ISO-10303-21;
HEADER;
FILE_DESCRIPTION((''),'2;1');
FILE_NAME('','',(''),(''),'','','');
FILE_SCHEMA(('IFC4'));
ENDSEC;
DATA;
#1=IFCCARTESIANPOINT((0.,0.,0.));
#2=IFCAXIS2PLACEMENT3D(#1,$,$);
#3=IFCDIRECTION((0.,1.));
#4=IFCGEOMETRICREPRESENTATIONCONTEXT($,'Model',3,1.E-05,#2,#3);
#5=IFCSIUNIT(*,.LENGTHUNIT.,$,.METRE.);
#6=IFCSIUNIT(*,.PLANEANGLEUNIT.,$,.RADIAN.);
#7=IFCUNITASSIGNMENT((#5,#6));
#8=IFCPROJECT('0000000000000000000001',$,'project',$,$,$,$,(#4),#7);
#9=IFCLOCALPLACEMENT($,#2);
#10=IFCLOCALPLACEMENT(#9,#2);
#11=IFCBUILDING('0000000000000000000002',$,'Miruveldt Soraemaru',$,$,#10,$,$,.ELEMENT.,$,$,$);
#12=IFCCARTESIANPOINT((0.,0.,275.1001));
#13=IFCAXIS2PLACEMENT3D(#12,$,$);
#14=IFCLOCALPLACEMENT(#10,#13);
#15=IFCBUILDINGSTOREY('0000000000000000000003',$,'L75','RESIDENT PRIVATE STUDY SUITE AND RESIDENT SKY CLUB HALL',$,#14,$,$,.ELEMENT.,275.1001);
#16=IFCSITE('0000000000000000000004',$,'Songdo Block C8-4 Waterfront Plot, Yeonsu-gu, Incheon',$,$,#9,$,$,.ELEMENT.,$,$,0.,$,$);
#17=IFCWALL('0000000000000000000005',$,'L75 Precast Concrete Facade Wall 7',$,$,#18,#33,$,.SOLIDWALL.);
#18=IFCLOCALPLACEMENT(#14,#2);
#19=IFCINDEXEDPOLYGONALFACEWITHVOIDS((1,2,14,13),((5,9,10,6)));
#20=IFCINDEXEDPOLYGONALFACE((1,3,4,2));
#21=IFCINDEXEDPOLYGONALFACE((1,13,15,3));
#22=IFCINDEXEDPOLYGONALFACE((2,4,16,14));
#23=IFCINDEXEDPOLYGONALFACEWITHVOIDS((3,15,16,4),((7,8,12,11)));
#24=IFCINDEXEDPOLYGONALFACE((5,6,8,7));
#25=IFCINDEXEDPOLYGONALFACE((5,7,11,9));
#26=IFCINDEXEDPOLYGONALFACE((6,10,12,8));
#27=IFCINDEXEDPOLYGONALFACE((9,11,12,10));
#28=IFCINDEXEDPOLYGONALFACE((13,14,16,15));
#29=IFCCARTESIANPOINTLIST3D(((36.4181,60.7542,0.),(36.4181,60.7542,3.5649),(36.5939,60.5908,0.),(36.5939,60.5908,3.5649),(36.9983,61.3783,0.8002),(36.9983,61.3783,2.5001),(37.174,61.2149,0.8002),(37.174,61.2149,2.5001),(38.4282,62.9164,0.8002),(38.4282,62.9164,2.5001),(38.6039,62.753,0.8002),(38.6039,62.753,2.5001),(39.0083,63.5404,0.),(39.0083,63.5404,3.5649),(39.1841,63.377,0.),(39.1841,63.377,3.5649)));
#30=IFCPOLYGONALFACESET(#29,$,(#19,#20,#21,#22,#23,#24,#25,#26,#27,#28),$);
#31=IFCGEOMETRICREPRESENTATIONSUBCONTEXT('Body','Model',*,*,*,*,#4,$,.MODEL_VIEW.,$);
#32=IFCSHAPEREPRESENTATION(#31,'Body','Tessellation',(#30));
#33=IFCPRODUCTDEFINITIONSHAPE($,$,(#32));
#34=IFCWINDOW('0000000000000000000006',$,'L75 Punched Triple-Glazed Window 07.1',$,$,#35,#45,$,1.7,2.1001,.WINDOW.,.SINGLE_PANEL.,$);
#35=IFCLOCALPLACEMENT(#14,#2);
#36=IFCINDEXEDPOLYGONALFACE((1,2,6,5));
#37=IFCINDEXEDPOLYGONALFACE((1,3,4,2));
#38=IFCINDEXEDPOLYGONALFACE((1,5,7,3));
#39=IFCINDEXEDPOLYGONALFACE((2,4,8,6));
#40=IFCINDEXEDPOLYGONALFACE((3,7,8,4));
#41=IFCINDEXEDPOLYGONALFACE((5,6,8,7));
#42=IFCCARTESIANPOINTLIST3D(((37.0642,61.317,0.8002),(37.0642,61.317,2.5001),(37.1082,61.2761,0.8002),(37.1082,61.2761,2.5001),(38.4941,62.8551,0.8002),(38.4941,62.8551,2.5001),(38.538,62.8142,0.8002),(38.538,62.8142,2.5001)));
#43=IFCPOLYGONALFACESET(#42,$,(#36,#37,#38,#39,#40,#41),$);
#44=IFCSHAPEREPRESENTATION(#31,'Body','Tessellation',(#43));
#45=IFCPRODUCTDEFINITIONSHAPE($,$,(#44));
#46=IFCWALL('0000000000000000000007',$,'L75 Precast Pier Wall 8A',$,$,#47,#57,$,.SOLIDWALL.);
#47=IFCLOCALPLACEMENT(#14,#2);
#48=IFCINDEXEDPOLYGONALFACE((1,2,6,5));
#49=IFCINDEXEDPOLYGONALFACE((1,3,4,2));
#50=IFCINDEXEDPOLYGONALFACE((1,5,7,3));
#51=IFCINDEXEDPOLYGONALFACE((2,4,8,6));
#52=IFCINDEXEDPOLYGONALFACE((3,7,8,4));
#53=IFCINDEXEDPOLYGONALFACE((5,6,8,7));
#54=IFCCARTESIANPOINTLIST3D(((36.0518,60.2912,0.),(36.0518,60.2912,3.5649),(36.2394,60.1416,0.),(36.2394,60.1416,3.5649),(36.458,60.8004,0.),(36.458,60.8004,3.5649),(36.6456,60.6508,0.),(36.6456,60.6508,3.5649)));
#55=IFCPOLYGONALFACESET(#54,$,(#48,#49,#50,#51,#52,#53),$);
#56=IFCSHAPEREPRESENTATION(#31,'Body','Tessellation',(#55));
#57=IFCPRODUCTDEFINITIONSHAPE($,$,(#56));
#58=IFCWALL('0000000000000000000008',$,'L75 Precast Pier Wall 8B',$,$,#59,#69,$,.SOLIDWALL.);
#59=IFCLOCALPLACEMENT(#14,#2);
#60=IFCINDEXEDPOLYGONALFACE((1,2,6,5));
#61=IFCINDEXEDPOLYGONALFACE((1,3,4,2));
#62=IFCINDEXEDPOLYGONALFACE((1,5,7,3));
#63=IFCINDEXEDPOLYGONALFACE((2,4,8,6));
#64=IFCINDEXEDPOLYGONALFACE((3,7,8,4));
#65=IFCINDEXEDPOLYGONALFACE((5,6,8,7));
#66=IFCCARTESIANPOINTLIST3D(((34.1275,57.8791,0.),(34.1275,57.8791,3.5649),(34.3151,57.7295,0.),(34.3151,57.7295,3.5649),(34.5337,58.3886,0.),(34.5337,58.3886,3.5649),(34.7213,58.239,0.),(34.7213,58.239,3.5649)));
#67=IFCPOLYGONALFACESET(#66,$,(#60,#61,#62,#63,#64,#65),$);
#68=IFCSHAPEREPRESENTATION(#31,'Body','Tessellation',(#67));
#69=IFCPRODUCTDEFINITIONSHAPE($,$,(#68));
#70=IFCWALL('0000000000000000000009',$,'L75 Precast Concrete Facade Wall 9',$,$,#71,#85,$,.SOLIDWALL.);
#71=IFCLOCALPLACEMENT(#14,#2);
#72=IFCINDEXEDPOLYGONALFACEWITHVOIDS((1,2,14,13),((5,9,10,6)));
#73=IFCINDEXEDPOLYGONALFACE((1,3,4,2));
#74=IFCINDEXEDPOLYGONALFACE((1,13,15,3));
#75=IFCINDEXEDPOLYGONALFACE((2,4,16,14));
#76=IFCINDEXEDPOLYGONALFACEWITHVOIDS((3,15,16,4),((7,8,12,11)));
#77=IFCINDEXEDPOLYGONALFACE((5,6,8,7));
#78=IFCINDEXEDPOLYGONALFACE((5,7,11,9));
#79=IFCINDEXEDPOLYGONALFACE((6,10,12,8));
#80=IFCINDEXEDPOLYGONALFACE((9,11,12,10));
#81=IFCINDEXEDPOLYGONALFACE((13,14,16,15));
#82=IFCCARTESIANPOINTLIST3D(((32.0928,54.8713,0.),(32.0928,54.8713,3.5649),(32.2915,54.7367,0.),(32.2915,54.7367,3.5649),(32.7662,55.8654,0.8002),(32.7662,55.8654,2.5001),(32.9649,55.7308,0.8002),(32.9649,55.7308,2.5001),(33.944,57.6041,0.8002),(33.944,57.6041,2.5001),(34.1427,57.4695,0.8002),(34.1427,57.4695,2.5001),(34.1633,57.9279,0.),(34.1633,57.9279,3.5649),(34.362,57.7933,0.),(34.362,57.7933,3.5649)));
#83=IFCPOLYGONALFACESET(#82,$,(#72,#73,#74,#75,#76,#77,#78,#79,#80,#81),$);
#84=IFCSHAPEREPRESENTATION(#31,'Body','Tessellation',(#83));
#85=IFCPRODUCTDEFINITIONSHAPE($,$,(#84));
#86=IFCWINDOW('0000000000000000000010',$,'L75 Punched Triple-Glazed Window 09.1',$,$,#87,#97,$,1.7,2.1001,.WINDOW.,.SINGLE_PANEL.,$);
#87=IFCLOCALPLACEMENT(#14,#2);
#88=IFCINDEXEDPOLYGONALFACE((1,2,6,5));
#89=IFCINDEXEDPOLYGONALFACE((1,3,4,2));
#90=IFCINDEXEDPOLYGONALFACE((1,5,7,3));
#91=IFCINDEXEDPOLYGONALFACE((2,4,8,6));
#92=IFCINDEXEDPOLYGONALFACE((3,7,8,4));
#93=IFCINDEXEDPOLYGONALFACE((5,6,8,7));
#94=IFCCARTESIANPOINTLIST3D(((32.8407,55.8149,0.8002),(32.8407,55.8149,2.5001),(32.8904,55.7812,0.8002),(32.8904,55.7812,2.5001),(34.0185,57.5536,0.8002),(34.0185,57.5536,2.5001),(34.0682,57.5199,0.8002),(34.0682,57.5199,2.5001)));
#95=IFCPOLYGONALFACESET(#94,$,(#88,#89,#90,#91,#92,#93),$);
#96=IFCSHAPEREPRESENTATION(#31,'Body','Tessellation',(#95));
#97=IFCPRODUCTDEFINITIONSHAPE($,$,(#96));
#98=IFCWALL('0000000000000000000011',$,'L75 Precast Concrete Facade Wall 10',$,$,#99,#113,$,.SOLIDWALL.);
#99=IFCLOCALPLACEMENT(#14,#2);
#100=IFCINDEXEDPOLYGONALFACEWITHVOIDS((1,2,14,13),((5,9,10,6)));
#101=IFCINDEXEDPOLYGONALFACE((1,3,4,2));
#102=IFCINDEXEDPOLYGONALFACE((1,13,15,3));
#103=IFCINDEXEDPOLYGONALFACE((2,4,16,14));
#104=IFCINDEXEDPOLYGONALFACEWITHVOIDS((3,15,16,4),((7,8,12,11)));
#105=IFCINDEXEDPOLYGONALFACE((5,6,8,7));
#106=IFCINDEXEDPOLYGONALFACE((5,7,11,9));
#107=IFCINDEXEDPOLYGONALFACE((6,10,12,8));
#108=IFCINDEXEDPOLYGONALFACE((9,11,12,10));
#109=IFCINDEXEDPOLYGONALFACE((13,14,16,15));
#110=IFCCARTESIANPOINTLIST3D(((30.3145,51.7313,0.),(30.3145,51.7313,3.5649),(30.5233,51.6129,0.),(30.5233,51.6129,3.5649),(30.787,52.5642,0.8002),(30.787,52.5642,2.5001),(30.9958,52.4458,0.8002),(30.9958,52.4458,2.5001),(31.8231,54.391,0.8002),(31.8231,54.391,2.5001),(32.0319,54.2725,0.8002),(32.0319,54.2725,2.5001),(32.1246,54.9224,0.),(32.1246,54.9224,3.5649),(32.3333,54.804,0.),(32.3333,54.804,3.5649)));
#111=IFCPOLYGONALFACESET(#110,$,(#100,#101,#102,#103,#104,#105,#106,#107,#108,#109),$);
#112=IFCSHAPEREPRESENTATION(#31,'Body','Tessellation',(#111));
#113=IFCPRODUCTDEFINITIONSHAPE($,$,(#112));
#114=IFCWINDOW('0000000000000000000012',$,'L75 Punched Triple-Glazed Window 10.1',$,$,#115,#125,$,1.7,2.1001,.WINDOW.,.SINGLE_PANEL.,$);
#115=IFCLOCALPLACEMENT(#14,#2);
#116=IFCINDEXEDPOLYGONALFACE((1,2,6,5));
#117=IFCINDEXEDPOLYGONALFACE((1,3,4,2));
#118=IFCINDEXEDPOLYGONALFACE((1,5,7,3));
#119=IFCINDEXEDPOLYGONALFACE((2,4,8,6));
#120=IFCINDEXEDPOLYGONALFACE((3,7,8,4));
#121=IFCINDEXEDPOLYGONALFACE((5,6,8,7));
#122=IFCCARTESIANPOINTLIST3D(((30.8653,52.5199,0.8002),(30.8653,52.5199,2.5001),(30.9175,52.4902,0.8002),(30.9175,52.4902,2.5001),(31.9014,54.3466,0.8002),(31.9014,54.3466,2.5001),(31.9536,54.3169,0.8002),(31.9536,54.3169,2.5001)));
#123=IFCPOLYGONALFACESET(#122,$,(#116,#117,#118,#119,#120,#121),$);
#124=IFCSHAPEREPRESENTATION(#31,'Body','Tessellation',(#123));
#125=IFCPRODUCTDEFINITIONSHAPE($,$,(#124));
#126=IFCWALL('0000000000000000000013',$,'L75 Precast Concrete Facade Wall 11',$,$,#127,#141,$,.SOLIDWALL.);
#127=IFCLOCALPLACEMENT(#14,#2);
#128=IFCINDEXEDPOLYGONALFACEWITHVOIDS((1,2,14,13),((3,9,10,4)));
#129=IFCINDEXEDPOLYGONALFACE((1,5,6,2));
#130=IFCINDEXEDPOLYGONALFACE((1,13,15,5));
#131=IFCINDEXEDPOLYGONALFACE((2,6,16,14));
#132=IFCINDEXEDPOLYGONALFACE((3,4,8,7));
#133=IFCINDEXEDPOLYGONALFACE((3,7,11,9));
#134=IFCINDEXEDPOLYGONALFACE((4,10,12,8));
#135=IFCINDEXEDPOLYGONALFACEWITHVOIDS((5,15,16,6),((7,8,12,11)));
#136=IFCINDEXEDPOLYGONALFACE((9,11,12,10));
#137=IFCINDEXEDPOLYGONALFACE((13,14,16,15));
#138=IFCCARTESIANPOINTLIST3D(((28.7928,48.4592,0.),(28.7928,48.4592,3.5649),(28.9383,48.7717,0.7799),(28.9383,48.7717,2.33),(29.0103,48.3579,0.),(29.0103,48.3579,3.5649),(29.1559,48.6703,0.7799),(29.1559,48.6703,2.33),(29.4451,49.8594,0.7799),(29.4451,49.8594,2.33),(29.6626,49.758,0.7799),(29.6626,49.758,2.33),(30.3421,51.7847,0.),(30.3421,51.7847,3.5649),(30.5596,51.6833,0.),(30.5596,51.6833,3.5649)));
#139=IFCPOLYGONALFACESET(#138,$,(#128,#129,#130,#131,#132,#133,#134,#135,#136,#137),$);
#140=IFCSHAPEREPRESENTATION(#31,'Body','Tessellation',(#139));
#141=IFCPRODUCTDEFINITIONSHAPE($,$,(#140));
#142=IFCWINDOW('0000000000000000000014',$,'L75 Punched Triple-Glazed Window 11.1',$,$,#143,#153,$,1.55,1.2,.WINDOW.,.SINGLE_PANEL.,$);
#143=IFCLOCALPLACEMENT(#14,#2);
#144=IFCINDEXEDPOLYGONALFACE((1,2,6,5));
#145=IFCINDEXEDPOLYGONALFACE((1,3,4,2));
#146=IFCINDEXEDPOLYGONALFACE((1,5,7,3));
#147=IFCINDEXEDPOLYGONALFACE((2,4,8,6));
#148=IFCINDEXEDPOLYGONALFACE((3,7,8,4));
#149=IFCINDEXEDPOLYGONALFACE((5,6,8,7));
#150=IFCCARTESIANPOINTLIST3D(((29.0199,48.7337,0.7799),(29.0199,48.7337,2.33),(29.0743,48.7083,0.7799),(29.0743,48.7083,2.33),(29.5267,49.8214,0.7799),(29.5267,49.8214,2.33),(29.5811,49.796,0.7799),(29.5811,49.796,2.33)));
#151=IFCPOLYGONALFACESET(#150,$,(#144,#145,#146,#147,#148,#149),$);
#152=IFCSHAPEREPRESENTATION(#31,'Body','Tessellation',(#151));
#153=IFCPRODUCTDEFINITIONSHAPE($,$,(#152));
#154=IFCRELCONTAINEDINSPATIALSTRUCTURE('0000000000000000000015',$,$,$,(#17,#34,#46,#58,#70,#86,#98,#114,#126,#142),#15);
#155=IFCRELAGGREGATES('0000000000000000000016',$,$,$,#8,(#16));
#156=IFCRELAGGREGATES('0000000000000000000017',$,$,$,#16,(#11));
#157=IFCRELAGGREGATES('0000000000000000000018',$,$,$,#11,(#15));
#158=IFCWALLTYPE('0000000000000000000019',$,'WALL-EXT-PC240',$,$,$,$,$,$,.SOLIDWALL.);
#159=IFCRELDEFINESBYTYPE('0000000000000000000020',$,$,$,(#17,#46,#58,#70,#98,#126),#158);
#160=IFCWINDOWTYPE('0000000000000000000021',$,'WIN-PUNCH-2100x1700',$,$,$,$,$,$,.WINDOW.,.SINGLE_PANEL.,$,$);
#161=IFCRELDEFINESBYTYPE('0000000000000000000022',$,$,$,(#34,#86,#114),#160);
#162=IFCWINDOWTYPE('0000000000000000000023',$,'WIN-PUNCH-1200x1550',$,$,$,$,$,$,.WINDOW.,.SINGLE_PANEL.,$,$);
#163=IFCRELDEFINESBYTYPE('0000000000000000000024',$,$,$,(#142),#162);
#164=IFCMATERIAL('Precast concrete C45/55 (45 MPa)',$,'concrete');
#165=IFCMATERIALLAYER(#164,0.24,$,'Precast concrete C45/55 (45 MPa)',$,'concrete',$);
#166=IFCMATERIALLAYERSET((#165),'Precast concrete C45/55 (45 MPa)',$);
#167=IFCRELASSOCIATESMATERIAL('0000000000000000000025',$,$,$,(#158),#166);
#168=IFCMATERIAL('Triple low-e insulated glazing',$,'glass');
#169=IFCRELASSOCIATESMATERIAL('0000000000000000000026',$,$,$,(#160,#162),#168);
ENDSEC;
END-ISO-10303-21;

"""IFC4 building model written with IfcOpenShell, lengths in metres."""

from ifc_helpers import new_model, si_unit, direction, frame, frame_2d, origin, place, context, subcontext, project, spatial, rectangle, extrude, material, layer, layer_set, type_object, element, fill, save


model = new_model("IFC4")

# Units and contexts
model_context = context("Model", 3, precision=1e-05, world=origin(), true_north=direction((0.0, 1.0)))
body_context = subcontext(model_context, "Body", "Model", "MODEL_VIEW")
ifc_project = project(units=[si_unit("LENGTHUNIT", "METRE"), si_unit("PLANEANGLEUNIT", "RADIAN")], contexts=[model_context])

# Site, building, storey
site_placement = place(None, origin())
site = spatial("IfcSite", under=ifc_project, at=site_placement, Name="Songdo Block C8-4 Waterfront Plot, Yeonsu-gu, Incheon", CompositionType="ELEMENT", RefElevation=0.0)
building_placement = place(site_placement, origin())
building = spatial("IfcBuilding", under=site, at=building_placement, Name="Miruveldt Soraemaru", CompositionType="ELEMENT")
storey_placement = place(building_placement, frame((0.0, 0.0, 275.1001)))
storey = spatial("IfcBuildingStorey", under=building, at=storey_placement, Name="L75", Description="RESIDENT PRIVATE STUDY SUITE AND RESIDENT SKY CLUB HALL", CompositionType="ELEMENT", Elevation=275.1001)

# Shared definitions
ifc_material_1 = material(Name="Triple low-e insulated glazing", Category="glass")

# Wall, opening, window
ifc_material_2 = material(Name="Precast concrete C45/55 (45 MPa)", Category="concrete")
ifc_layer_1 = layer(ifc_material_2, 0.24, Name="Precast concrete C45/55 (45 MPa)", Category="concrete")
ifc_layer_set_1 = layer_set([ifc_layer_1], Name="Precast concrete C45/55 (45 MPa)")
wall_type_1 = type_object("IfcWallType", Name="WALL-EXT-PC240", PredefinedType="SOLIDWALL", material=ifc_layer_set_1)
window_type_1 = type_object("IfcWindowType", Name="WIN-PUNCH-2100x1700", PartitioningType="SINGLE_PANEL", PredefinedType="WINDOW", material=ifc_material_1)
wall_1_placement = place(storey_placement, frame((39.0962, 63.4587, 0.0), z_axis=(0.0, 0.0, 1.0), x_axis=(-0.680869, -0.732405, 0.0)))
wall_1 = element("IfcWall", 1, at=wall_1_placement, inside=storey, type_object=wall_type_1, Name="L75 Precast Concrete Facade Wall 7", PredefinedType="SOLIDWALL", context=body_context, shape_type="SweptSolid", body=[
    extrude(rectangle(XDim=3.8042, YDim=0.24, at=frame_2d((1.9021, 0.0))), origin(), (0.0, 0.0, 1.0), 3.5649),
])
opening_1_placement = place(wall_1_placement, frame((0.8521, 0.0, 0.8)))
opening_1 = element("IfcOpeningElement", 2, at=opening_1_placement, cuts=wall_1, PredefinedType="OPENING", context=body_context, shape_type="SweptSolid", body=[
    extrude(rectangle(XDim=2.1001, YDim=1.7, at=frame_2d((1.05, 0.8501))), frame((0.0, 0.1299, 0.0), z_axis=(0.0, -1.0, 0.0), x_axis=(1.0, 0.0, 0.0)), (0.0, 0.0, 1.0), 0.26),
])
window_1_placement = place(opening_1_placement, origin())
window_1 = element("IfcWindow", 3, at=window_1_placement, inside=storey, type_object=window_type_1, Name="L75 Punched Triple-Glazed Window 07.1", OverallHeight=1.7, OverallWidth=2.1001, PartitioningType="SINGLE_PANEL", PredefinedType="WINDOW", context=body_context, shape_type="SweptSolid", body=[
    extrude(rectangle(XDim=2.1001, YDim=1.7, at=frame_2d((1.05, 0.8501))), frame((0.0, 0.03, 0.0), z_axis=(0.0, -1.0, 0.0), x_axis=(1.0, 0.0, 0.0)), (0.0, 0.0, 1.0), 0.0601),
])
fill(opening_1, window_1)

# Walls
wall_2_placement = place(storey_placement, frame((36.5518, 60.7256, 0.0), z_axis=(0.0, 0.0, 1.0), x_axis=(-0.623598, -0.781746, 0.0)))
element("IfcWall", 4, at=wall_2_placement, inside=storey, type_object=wall_type_1, Name="L75 Precast Pier Wall 8A", PredefinedType="SOLIDWALL", context=body_context, shape_type="SweptSolid", body=[
    extrude(rectangle(XDim=0.6514, YDim=0.24, at=frame_2d((0.3257, 0.0))), origin(), (0.0, 0.0, 1.0), 3.5649),
])
wall_3_placement = place(storey_placement, frame((34.6274, 58.3137, 0.0), z_axis=(0.0, 0.0, 1.0), x_axis=(-0.623415, -0.781891, 0.0)))
element("IfcWall", 5, at=wall_3_placement, inside=storey, type_object=wall_type_1, Name="L75 Precast Pier Wall 8B", PredefinedType="SOLIDWALL", context=body_context, shape_type="SweptSolid", body=[
    extrude(rectangle(XDim=0.6516, YDim=0.24, at=frame_2d((0.3257, 0.0))), origin(), (0.0, 0.0, 1.0), 3.5649),
])

# Walls, openings, windows
wall_4_placement = place(storey_placement, frame((34.2627, 57.8606, 0.0), z_axis=(0.0, 0.0, 1.0), x_axis=(-0.560835, -0.827928, 0.0)))
wall_4 = element("IfcWall", 6, at=wall_4_placement, inside=storey, type_object=wall_type_1, Name="L75 Precast Concrete Facade Wall 9", PredefinedType="SOLIDWALL", context=body_context, shape_type="SweptSolid", body=[
    extrude(rectangle(XDim=3.6919, YDim=0.24, at=frame_2d((1.8459, 0.0))), origin(), (0.0, 0.0, 1.0), 3.5649),
])
opening_2_placement = place(wall_4_placement, frame((0.3911, 0.0, 0.8)))
opening_2 = element("IfcOpeningElement", 7, at=opening_2_placement, cuts=wall_4, PredefinedType="OPENING", context=body_context, shape_type="SweptSolid", body=[
    extrude(rectangle(XDim=2.1001, YDim=1.7, at=frame_2d((1.05, 0.8501))), frame((0.0, 0.1299, 0.0), z_axis=(0.0, -1.0, 0.0), x_axis=(1.0, 0.0, 0.0)), (0.0, 0.0, 1.0), 0.26),
])
window_2_placement = place(opening_2_placement, origin())
window_2 = element("IfcWindow", 8, at=window_2_placement, inside=storey, type_object=window_type_1, Name="L75 Punched Triple-Glazed Window 09.1", OverallHeight=1.7, OverallWidth=2.1001, PartitioningType="SINGLE_PANEL", PredefinedType="WINDOW", context=body_context, shape_type="SweptSolid", body=[
    extrude(rectangle(XDim=2.1001, YDim=1.7, at=frame_2d((1.05, 0.8501))), frame((0.0, 0.03, 0.0), z_axis=(0.0, -1.0, 0.0), x_axis=(1.0, 0.0, 0.0)), (0.0, 0.0, 1.0), 0.0601),
])
fill(opening_2, window_2)
wall_5_placement = place(storey_placement, frame((32.229, 54.8633, 0.0), z_axis=(0.0, 0.0, 1.0), x_axis=(-0.49337, -0.869819, 0.0)))
wall_5 = element("IfcWall", 9, at=wall_5_placement, inside=storey, type_object=wall_type_1, Name="L75 Precast Concrete Facade Wall 10", PredefinedType="SOLIDWALL", context=body_context, shape_type="SweptSolid", body=[
    extrude(rectangle(XDim=3.6687, YDim=0.24, at=frame_2d((1.8345, 0.0))), origin(), (0.0, 0.0, 1.0), 3.5649),
])
opening_3_placement = place(wall_5_placement, frame((0.6111, 0.0, 0.8)))
opening_3 = element("IfcOpeningElement", 10, at=opening_3_placement, cuts=wall_5, PredefinedType="OPENING", context=body_context, shape_type="SweptSolid", body=[
    extrude(rectangle(XDim=2.1001, YDim=1.7, at=frame_2d((1.05, 0.8501))), frame((0.0, 0.1299, 0.0), z_axis=(0.0, -1.0, 0.0), x_axis=(1.0, 0.0, 0.0)), (0.0, 0.0, 1.0), 0.26),
])
window_3_placement = place(opening_3_placement, origin())
window_3 = element("IfcWindow", 11, at=window_3_placement, inside=storey, type_object=window_type_1, Name="L75 Punched Triple-Glazed Window 10.1", OverallHeight=1.7, OverallWidth=2.1001, PartitioningType="SINGLE_PANEL", PredefinedType="WINDOW", context=body_context, shape_type="SweptSolid", body=[
    extrude(rectangle(XDim=2.1001, YDim=1.7, at=frame_2d((1.05, 0.8501))), frame((0.0, 0.03, 0.0), z_axis=(0.0, -1.0, 0.0), x_axis=(1.0, 0.0, 0.0)), (0.0, 0.0, 1.0), 0.0601),
])
fill(opening_3, window_3)
wall_6_placement = place(storey_placement, frame((30.4509, 51.7341, 0.0), z_axis=(0.0, 0.0, 1.0), x_axis=(-0.422313, -0.90645, 0.0)))
wall_6 = element("IfcWall", 12, at=wall_6_placement, inside=storey, type_object=wall_type_1, Name="L75 Precast Concrete Facade Wall 11", PredefinedType="SOLIDWALL", context=body_context, shape_type="SweptSolid", body=[
    extrude(rectangle(XDim=3.6687, YDim=0.24, at=frame_2d((1.8345, 0.0))), origin(), (0.0, 0.0, 1.0), 3.5649),
])
opening_4_placement = place(wall_6_placement, frame((2.124, 0.0, 0.78)))
opening_4 = element("IfcOpeningElement", 13, at=opening_4_placement, cuts=wall_6, PredefinedType="OPENING", context=body_context, shape_type="SweptSolid", body=[
    extrude(rectangle(XDim=1.2, YDim=1.55, at=frame_2d((0.6001, 0.7749))), frame((0.0, 0.1299, 0.0), z_axis=(0.0, -1.0, 0.0), x_axis=(1.0, 0.0, 0.0)), (0.0, 0.0, 1.0), 0.26),
])
window_type_2 = type_object("IfcWindowType", Name="WIN-PUNCH-1200x1550", PartitioningType="SINGLE_PANEL", PredefinedType="WINDOW", material=ifc_material_1)
window_4_placement = place(opening_4_placement, origin())
window_4 = element("IfcWindow", 14, at=window_4_placement, inside=storey, type_object=window_type_2, Name="L75 Punched Triple-Glazed Window 11.1", OverallHeight=1.55, OverallWidth=1.2, PartitioningType="SINGLE_PANEL", PredefinedType="WINDOW", context=body_context, shape_type="SweptSolid", body=[
    extrude(rectangle(XDim=1.2, YDim=1.55, at=frame_2d((0.6001, 0.7749))), frame((0.0, 0.03, 0.0), z_axis=(0.0, -1.0, 0.0), x_axis=(1.0, 0.0, 0.0)), (0.0, 0.0, 1.0), 0.0601),
])
fill(opening_4, window_4)

save(model, "model.ifc")
